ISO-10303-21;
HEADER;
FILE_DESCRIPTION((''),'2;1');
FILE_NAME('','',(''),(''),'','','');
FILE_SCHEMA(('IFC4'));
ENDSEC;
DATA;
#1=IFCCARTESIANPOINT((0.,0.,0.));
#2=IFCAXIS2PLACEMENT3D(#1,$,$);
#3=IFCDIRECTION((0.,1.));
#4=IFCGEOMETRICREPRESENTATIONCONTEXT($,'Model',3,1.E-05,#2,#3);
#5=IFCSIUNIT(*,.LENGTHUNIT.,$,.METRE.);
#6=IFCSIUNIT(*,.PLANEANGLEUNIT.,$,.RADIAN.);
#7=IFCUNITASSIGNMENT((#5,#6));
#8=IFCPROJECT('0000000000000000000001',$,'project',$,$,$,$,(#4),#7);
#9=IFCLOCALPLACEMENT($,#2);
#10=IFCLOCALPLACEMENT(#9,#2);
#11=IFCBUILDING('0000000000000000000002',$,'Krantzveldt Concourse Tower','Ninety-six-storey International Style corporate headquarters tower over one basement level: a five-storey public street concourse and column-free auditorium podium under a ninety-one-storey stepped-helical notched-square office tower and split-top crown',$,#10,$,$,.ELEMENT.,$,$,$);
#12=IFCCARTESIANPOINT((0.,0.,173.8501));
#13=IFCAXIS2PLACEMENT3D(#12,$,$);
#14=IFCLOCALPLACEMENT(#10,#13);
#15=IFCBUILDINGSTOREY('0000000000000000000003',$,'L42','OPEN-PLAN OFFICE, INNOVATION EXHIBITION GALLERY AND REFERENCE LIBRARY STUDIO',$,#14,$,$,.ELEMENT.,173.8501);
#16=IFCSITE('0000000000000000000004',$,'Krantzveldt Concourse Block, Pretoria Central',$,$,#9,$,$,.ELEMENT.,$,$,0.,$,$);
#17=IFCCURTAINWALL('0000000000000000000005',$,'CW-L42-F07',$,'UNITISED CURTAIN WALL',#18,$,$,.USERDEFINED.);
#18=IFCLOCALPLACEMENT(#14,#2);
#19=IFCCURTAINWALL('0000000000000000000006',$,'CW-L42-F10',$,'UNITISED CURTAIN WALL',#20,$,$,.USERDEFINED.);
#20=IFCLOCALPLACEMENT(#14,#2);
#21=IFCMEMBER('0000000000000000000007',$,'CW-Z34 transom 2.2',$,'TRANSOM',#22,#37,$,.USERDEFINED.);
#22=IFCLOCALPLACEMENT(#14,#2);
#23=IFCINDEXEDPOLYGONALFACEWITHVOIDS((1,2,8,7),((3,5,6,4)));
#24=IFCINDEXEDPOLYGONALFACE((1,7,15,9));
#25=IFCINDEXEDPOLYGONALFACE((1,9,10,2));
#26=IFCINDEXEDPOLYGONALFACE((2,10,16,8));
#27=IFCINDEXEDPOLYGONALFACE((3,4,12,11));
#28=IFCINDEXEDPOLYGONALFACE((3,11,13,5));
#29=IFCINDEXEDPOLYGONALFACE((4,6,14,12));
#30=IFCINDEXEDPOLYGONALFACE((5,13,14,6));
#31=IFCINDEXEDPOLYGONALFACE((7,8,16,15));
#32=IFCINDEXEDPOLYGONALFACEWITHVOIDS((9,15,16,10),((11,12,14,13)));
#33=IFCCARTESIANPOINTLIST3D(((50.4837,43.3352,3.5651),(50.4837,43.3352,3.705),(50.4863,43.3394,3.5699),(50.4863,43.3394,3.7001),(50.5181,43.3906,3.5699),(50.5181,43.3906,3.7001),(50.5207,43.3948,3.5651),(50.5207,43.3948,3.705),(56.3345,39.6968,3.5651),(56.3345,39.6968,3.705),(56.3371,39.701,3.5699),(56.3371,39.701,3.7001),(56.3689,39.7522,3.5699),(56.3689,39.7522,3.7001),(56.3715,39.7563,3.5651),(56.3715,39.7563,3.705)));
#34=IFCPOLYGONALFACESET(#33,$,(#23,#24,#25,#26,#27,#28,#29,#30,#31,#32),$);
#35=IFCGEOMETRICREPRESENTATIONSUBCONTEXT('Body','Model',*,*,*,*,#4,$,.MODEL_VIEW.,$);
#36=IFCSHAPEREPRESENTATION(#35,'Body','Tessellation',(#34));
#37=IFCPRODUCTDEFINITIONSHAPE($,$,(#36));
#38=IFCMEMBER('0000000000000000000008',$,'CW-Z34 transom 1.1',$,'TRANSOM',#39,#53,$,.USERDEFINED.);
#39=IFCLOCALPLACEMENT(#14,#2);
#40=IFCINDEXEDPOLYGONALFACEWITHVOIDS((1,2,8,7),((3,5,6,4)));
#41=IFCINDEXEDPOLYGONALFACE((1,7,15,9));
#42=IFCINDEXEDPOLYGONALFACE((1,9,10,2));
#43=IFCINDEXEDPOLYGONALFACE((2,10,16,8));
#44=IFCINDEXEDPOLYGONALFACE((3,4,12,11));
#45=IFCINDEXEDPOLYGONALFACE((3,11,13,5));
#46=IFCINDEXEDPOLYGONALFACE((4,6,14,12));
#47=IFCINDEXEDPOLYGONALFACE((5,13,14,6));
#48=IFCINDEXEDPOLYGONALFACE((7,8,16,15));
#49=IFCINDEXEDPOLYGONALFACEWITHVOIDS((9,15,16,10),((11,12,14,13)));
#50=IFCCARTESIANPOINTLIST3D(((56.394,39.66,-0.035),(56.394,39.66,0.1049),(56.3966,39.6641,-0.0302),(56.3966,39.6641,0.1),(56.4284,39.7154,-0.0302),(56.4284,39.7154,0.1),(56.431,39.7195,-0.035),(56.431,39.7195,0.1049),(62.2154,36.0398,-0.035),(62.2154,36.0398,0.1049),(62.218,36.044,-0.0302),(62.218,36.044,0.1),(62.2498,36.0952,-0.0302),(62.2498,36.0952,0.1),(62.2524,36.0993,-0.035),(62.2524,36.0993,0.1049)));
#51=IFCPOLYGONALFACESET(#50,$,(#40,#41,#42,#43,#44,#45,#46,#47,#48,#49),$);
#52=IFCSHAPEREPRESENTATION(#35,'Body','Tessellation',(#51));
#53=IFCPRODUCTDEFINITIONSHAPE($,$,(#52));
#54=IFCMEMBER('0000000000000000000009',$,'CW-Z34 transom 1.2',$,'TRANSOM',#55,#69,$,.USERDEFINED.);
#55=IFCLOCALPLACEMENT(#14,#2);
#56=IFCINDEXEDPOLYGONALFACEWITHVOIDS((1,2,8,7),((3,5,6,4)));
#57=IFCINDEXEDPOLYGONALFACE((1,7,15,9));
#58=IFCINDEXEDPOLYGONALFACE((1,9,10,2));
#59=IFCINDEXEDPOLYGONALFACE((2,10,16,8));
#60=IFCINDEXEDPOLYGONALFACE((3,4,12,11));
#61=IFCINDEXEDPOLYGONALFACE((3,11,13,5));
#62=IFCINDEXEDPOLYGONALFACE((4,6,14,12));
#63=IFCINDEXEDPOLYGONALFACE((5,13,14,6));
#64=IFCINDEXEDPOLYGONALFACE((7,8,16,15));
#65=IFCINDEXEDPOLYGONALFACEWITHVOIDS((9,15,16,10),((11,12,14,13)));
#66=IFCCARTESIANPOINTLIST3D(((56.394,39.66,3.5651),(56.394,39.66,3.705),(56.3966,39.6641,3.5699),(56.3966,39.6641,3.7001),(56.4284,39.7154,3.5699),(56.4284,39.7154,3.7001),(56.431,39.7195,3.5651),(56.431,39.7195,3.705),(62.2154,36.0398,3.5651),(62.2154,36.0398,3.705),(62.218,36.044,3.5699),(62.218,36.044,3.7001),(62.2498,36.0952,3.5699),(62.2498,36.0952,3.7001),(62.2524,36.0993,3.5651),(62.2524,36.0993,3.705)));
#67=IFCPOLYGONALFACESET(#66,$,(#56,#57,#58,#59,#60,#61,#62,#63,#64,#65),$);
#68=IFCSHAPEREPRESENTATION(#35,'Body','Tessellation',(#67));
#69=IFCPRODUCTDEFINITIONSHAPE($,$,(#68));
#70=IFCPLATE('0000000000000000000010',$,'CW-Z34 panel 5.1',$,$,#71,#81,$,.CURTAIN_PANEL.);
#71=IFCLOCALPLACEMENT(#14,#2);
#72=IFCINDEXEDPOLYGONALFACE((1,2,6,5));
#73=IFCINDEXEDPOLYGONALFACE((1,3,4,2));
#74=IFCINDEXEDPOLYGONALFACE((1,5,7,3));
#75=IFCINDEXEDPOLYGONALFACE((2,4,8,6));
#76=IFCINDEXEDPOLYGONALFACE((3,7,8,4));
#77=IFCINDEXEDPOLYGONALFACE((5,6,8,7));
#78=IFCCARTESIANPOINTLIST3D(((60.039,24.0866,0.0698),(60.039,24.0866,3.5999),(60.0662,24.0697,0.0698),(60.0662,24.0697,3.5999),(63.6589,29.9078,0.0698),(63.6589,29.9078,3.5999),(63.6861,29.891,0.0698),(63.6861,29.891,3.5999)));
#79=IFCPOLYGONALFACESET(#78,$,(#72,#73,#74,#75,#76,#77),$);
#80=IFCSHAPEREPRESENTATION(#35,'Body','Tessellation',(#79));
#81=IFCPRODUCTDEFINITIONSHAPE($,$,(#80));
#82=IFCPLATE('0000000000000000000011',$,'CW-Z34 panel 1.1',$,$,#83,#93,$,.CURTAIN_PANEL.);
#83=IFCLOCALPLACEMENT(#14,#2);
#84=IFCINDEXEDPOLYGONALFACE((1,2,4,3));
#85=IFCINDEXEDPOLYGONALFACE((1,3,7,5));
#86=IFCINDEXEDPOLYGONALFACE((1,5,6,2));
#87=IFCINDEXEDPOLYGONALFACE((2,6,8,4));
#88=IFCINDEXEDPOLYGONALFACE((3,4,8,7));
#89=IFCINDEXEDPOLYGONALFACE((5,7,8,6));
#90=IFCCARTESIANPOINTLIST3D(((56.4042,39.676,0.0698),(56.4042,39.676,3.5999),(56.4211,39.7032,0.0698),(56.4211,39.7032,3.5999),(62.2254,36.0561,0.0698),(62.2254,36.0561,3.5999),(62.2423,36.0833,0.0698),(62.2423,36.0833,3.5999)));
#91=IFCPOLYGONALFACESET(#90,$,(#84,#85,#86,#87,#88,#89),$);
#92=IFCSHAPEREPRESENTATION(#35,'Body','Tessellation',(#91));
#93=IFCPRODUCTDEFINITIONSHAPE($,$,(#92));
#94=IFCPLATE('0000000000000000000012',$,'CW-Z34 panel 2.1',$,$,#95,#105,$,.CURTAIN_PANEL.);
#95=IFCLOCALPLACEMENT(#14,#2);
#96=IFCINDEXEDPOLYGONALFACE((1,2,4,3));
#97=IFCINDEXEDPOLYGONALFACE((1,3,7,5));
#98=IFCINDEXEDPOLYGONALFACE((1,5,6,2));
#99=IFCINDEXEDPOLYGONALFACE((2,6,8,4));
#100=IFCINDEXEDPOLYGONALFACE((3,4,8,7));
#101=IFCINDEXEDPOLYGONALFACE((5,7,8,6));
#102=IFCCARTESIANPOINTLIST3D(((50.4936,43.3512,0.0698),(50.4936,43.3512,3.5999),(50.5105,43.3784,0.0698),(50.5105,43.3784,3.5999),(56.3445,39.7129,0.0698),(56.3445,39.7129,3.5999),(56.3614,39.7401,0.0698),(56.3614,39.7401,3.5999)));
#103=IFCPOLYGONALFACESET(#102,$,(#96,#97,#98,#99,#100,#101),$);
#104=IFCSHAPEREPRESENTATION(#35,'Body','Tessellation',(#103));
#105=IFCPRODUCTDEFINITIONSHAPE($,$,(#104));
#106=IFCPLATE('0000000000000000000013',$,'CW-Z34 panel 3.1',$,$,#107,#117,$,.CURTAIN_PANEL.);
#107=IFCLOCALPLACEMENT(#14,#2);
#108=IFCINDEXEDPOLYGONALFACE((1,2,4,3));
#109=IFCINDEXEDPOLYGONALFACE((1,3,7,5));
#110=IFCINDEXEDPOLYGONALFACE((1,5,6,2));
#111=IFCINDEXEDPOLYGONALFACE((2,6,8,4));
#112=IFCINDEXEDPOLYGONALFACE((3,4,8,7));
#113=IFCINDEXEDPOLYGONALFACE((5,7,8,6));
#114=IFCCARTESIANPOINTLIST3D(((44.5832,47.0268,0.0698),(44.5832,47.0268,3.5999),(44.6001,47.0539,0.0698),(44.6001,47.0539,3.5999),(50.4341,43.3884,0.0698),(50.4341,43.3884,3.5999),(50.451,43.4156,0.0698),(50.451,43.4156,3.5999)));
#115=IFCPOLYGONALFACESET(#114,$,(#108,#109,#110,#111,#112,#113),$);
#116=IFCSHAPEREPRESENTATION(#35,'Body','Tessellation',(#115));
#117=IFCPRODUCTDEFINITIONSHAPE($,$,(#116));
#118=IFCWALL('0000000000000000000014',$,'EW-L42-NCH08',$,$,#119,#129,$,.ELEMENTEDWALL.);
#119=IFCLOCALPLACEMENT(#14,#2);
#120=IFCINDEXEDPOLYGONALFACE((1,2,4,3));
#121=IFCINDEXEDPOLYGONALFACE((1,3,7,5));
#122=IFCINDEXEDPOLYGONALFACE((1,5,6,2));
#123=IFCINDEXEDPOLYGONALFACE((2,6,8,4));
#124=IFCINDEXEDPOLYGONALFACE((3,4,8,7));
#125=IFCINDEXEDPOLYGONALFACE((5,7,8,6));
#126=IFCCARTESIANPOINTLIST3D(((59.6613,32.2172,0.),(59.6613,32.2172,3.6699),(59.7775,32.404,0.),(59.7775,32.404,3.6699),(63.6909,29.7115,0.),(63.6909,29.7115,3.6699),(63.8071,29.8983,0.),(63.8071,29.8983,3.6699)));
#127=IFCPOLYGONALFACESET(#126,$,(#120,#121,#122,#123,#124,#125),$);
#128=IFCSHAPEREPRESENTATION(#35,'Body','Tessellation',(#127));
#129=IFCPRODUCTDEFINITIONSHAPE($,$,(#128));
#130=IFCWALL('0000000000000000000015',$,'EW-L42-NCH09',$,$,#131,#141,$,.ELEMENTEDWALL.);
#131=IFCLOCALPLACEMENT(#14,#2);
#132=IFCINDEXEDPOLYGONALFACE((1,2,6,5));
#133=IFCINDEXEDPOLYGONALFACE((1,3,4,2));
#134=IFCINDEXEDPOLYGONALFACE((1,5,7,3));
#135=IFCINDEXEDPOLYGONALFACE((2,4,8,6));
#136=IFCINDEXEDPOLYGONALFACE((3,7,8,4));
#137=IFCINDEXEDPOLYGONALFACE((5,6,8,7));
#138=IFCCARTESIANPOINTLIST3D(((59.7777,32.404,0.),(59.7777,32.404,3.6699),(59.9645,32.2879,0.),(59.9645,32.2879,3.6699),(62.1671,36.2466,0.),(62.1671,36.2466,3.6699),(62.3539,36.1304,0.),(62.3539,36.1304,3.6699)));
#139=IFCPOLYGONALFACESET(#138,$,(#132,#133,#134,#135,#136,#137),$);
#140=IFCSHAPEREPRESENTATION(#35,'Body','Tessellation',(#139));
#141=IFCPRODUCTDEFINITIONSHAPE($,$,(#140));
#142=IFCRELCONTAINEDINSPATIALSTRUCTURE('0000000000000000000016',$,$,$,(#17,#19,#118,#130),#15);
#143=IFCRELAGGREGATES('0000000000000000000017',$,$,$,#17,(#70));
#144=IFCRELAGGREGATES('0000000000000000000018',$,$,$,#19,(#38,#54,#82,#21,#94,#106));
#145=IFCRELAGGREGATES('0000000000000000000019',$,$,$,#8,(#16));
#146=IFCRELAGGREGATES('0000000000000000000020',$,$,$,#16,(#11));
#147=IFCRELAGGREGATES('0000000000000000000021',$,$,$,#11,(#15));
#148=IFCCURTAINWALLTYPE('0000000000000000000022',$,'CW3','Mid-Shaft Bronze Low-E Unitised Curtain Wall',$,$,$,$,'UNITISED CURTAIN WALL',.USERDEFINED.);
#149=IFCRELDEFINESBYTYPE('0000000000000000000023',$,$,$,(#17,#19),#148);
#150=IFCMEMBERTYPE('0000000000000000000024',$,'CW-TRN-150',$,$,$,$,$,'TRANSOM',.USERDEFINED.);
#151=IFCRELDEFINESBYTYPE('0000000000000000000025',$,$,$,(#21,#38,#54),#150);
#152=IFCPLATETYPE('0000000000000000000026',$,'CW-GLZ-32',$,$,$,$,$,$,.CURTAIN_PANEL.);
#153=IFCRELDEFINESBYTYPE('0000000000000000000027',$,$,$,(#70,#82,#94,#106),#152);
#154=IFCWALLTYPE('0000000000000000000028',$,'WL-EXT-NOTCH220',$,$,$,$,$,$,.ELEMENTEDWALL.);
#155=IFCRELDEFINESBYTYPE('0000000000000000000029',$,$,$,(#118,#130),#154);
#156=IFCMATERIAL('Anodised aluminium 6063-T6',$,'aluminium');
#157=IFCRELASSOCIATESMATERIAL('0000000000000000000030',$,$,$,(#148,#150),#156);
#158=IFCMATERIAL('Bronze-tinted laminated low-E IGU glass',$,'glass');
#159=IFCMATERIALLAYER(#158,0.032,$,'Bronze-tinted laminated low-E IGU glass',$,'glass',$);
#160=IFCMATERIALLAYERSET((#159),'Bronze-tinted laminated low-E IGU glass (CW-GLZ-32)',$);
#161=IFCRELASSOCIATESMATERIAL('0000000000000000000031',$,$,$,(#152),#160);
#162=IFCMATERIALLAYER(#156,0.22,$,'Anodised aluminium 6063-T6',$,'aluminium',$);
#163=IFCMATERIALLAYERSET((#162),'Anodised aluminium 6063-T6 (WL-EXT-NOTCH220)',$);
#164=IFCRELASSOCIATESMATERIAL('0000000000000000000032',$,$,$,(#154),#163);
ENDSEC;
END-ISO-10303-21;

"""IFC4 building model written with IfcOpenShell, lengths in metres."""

from ifc_helpers import new_model, si_unit, direction, frame, frame_2d, origin, origin_2d, place, context, subcontext, project, spatial, rectangle, hollow_rectangle, extrude, source, transform, mapped, material, layer, layer_set, material_profile, profile_set, type_object, type_shapes, element, aggregate, save


model = new_model("IFC4")

# Units and contexts
model_context = context("Model", 3, precision=1e-05, world=origin(), true_north=direction((0.0, 1.0)))
body_context = subcontext(model_context, "Body", "Model", "MODEL_VIEW")
ifc_project = project(units=[si_unit("LENGTHUNIT", "METRE"), si_unit("PLANEANGLEUNIT", "RADIAN")], contexts=[model_context])

# Site, building, storey
site_placement = place(None, origin())
site = spatial("IfcSite", under=ifc_project, at=site_placement, Name="Krantzveldt Concourse Block, Pretoria Central", CompositionType="ELEMENT", RefElevation=0.0)
building_placement = place(site_placement, origin())
building = spatial("IfcBuilding", under=site, at=building_placement, Name="Krantzveldt Concourse Tower", Description="Ninety-six-storey International Style corporate headquarters tower over one basement level: a five-storey public street concourse and column-free auditorium podium under a ninety-one-storey stepped-helical notched-square office tower and split-top crown", CompositionType="ELEMENT")
storey_placement = place(building_placement, frame((0.0, 0.0, 173.8501)))
storey = spatial("IfcBuildingStorey", under=building, at=storey_placement, Name="L42", Description="OPEN-PLAN OFFICE, INNOVATION EXHIBITION GALLERY AND REFERENCE LIBRARY STUDIO", CompositionType="ELEMENT", Elevation=173.8501)

# Curtain wall
ifc_material_1 = material(Name="Anodised aluminium 6063-T6", Category="aluminium")
curtain_wall_type = type_object("IfcCurtainWallType", Name="CW3", Description="Mid-Shaft Bronze Low-E Unitised Curtain Wall", ElementType="UNITISED CURTAIN WALL", PredefinedType="USERDEFINED", material=ifc_material_1)
curtain_wall_1_placement = place(storey_placement, origin())
curtain_wall_1 = element("IfcCurtainWall", 1, at=curtain_wall_1_placement, inside=storey, type_object=curtain_wall_type, Name="CW-L42-F07", ObjectType="UNITISED CURTAIN WALL", PredefinedType="USERDEFINED")

# Curtain wall, members
curtain_wall_2_placement = place(storey_placement, origin())
curtain_wall_2 = element("IfcCurtainWall", 2, at=curtain_wall_2_placement, inside=storey, type_object=curtain_wall_type, Name="CW-L42-F10", ObjectType="UNITISED CURTAIN WALL", PredefinedType="USERDEFINED")
ifc_material_profile_1 = material_profile(ifc_material_1, hollow_rectangle(XDim=0.0701, YDim=0.1399, WallThickness=0.0049, at=origin_2d()), Name="Anodised aluminium 6063-T6", Category="aluminium")
ifc_profile_set_1 = profile_set([ifc_material_profile_1], Name="Anodised aluminium 6063-T6 - ALU-TRAN 140x70x5")
member_type_1 = type_object("IfcMemberType", Name="CW-TRN-150", ElementType="TRANSOM", PredefinedType="USERDEFINED", material=ifc_profile_set_1)
shared_shape_1 = source(origin(), body_context, "Body", "SweptSolid", [
    extrude(hollow_rectangle(XDim=0.0701, YDim=0.1399, WallThickness=0.0049, at=origin_2d()), origin(), (0.0, 0.0, 1.0), 6.8899),
])
member_1_placement = place(storey_placement, frame((56.353, 39.7266, 3.635), z_axis=(-0.849193, 0.528083, 0.0), x_axis=(-0.528083, -0.849193, 0.0)))
member_1 = element("IfcMember", 3, at=member_1_placement, type_object=member_type_1, Name="CW-Z34 transom 2.2", ObjectType="TRANSOM", PredefinedType="USERDEFINED", context=body_context, shape_type="MappedRepresentation", body=[
    mapped(shared_shape_1, transform((0.0, 0.0, 0.0), x_axis=(1.0, 0.0, 0.0), y_axis=(0.0, 1.0, 0.0), z_axis=(0.0, 0.0, 1.0), scale=1.0)),
])
shared_shape_2 = source(origin(), body_context, "Body", "SweptSolid", [
    extrude(hollow_rectangle(XDim=0.0701, YDim=0.1399, WallThickness=0.0049, at=origin_2d()), origin(), (0.0, 0.0, 1.0), 6.8552),
])
member_2_placement = place(storey_placement, frame((62.2339, 36.0696, 0.0349), z_axis=(-0.849189, 0.52809, 0.0), x_axis=(-0.52809, -0.849189, 0.0)))
member_2 = element("IfcMember", 4, at=member_2_placement, type_object=member_type_1, Name="CW-Z34 transom 1.1", ObjectType="TRANSOM", PredefinedType="USERDEFINED", context=body_context, shape_type="MappedRepresentation", body=[
    mapped(shared_shape_2, transform((0.0, 0.0, 0.0), x_axis=(1.0, 0.0, 0.0), y_axis=(0.0, 1.0, 0.0), z_axis=(0.0, 0.0, 1.0), scale=1.0)),
])
member_3_placement = place(storey_placement, frame((62.2339, 36.0696, 3.635), z_axis=(-0.849189, 0.52809, 0.0), x_axis=(-0.52809, -0.849189, 0.0)))
member_3 = element("IfcMember", 5, at=member_3_placement, type_object=member_type_1, Name="CW-Z34 transom 1.2", ObjectType="TRANSOM", PredefinedType="USERDEFINED", context=body_context, shape_type="MappedRepresentation", body=[
    mapped(shared_shape_2, transform((0.0, 0.0, 0.0), x_axis=(1.0, 0.0, 0.0), y_axis=(0.0, 1.0, 0.0), z_axis=(0.0, 0.0, 1.0), scale=1.0)),
])

# Plates
ifc_material_2 = material(Name="Bronze-tinted laminated low-E IGU glass", Category="glass")
ifc_layer_1 = layer(ifc_material_2, 0.032, Name="Bronze-tinted laminated low-E IGU glass", Category="glass")
ifc_layer_set_1 = layer_set([ifc_layer_1], Name="Bronze-tinted laminated low-E IGU glass (CW-GLZ-32)")
plate_type = type_object("IfcPlateType", Name="CW-GLZ-32", PredefinedType="CURTAIN_PANEL", material=ifc_layer_set_1)
shared_shape_3 = source(origin(), body_context, "Body", "SweptSolid", [
    extrude(rectangle(XDim=6.855, YDim=0.032, at=origin_2d()), origin(), (0.0, 0.0, 1.0), 3.53),
])
plate_1_placement = place(storey_placement, frame((61.8625, 26.9888, 0.0698), z_axis=(0.0, 0.0, 1.0), x_axis=(0.528068, 0.849202, 0.0)))
plate_1 = element("IfcPlate", 6, at=plate_1_placement, type_object=plate_type, Name="CW-Z34 panel 5.1", PredefinedType="CURTAIN_PANEL", context=body_context, shape_type="MappedRepresentation", body=[
    mapped(shared_shape_3, transform((0.0, 0.0, 0.0), x_axis=(1.0, 0.0, 0.0), y_axis=(0.0, 1.0, 0.0), z_axis=(0.0, 0.0, 1.0), scale=1.0)),
])
aggregate(curtain_wall_1, [plate_1])
plate_2_placement = place(storey_placement, frame((59.3232, 37.8796, 0.0698), z_axis=(0.0, 0.0, 1.0), x_axis=(-0.849202, 0.528068, 0.0)))
plate_2 = element("IfcPlate", 7, at=plate_2_placement, type_object=plate_type, Name="CW-Z34 panel 1.1", PredefinedType="CURTAIN_PANEL", context=body_context, shape_type="MappedRepresentation", body=[
    mapped(shared_shape_3, transform((0.0, 0.0, 0.0), x_axis=(1.0, 0.0, 0.0), y_axis=(0.0, 1.0, 0.0), z_axis=(0.0, 0.0, 1.0), scale=1.0)),
])
shared_shape_4 = source(origin(), body_context, "Body", "SweptSolid", [
    extrude(rectangle(XDim=6.8899, YDim=0.032, at=origin_2d()), origin(), (0.0, 0.0, 1.0), 3.53),
])
type_shapes(plate_type, [shared_shape_3, shared_shape_4])
plate_3_placement = place(storey_placement, frame((53.4275, 41.5457, 0.0698), z_axis=(0.0, 0.0, 1.0), x_axis=(-0.849202, 0.528068, 0.0)))
plate_3 = element("IfcPlate", 8, at=plate_3_placement, type_object=plate_type, Name="CW-Z34 panel 2.1", PredefinedType="CURTAIN_PANEL", context=body_context, shape_type="MappedRepresentation", body=[
    mapped(shared_shape_4, transform((0.0, 0.0, 0.0), x_axis=(1.0, 0.0, 0.0), y_axis=(0.0, 1.0, 0.0), z_axis=(0.0, 0.0, 1.0), scale=1.0)),
])
plate_4_placement = place(storey_placement, frame((47.5171, 45.2212, 0.0698), z_axis=(0.0, 0.0, 1.0), x_axis=(-0.849202, 0.528068, 0.0)))
plate_4 = element("IfcPlate", 9, at=plate_4_placement, type_object=plate_type, Name="CW-Z34 panel 3.1", PredefinedType="CURTAIN_PANEL", context=body_context, shape_type="MappedRepresentation", body=[
    mapped(shared_shape_4, transform((0.0, 0.0, 0.0), x_axis=(1.0, 0.0, 0.0), y_axis=(0.0, 1.0, 0.0), z_axis=(0.0, 0.0, 1.0), scale=1.0)),
])
aggregate(curtain_wall_2, [member_2, member_3, plate_2, member_1, plate_3, plate_4])

# Walls
ifc_layer_2 = layer(ifc_material_1, 0.22, Name="Anodised aluminium 6063-T6", Category="aluminium")
ifc_layer_set_2 = layer_set([ifc_layer_2], Name="Anodised aluminium 6063-T6 (WL-EXT-NOTCH220)")
wall_type_1 = type_object("IfcWallType", Name="WL-EXT-NOTCH220", PredefinedType="ELEMENTEDWALL", material=ifc_layer_set_2)
wall_1_placement = place(storey_placement, frame((63.749, 29.8049, 0.0), z_axis=(0.0, 0.0, 1.0), x_axis=(-0.849213, 0.52805, 0.0)))
element("IfcWall", 10, at=wall_1_placement, inside=storey, type_object=wall_type_1, Name="EW-L42-NCH08", PredefinedType="ELEMENTEDWALL", context=body_context, shape_type="SweptSolid", body=[
    extrude(rectangle(XDim=4.7451, YDim=0.22, at=frame_2d((2.3726, 0.0))), origin(), (0.0, 0.0, 1.0), 3.6699),
])
wall_2_placement = place(storey_placement, frame((59.8711, 32.3459, 0.0), z_axis=(0.0, 0.0, 1.0), x_axis=(0.528062, 0.849206, 0.0)))
element("IfcWall", 11, at=wall_2_placement, inside=storey, type_object=wall_type_1, Name="EW-L42-NCH09", PredefinedType="ELEMENTEDWALL", context=body_context, shape_type="SweptSolid", body=[
    extrude(rectangle(XDim=4.5249, YDim=0.22, at=frame_2d((2.2625, 0.0))), origin(), (0.0, 0.0, 1.0), 3.6699),
])

save(model, "model.ifc")
